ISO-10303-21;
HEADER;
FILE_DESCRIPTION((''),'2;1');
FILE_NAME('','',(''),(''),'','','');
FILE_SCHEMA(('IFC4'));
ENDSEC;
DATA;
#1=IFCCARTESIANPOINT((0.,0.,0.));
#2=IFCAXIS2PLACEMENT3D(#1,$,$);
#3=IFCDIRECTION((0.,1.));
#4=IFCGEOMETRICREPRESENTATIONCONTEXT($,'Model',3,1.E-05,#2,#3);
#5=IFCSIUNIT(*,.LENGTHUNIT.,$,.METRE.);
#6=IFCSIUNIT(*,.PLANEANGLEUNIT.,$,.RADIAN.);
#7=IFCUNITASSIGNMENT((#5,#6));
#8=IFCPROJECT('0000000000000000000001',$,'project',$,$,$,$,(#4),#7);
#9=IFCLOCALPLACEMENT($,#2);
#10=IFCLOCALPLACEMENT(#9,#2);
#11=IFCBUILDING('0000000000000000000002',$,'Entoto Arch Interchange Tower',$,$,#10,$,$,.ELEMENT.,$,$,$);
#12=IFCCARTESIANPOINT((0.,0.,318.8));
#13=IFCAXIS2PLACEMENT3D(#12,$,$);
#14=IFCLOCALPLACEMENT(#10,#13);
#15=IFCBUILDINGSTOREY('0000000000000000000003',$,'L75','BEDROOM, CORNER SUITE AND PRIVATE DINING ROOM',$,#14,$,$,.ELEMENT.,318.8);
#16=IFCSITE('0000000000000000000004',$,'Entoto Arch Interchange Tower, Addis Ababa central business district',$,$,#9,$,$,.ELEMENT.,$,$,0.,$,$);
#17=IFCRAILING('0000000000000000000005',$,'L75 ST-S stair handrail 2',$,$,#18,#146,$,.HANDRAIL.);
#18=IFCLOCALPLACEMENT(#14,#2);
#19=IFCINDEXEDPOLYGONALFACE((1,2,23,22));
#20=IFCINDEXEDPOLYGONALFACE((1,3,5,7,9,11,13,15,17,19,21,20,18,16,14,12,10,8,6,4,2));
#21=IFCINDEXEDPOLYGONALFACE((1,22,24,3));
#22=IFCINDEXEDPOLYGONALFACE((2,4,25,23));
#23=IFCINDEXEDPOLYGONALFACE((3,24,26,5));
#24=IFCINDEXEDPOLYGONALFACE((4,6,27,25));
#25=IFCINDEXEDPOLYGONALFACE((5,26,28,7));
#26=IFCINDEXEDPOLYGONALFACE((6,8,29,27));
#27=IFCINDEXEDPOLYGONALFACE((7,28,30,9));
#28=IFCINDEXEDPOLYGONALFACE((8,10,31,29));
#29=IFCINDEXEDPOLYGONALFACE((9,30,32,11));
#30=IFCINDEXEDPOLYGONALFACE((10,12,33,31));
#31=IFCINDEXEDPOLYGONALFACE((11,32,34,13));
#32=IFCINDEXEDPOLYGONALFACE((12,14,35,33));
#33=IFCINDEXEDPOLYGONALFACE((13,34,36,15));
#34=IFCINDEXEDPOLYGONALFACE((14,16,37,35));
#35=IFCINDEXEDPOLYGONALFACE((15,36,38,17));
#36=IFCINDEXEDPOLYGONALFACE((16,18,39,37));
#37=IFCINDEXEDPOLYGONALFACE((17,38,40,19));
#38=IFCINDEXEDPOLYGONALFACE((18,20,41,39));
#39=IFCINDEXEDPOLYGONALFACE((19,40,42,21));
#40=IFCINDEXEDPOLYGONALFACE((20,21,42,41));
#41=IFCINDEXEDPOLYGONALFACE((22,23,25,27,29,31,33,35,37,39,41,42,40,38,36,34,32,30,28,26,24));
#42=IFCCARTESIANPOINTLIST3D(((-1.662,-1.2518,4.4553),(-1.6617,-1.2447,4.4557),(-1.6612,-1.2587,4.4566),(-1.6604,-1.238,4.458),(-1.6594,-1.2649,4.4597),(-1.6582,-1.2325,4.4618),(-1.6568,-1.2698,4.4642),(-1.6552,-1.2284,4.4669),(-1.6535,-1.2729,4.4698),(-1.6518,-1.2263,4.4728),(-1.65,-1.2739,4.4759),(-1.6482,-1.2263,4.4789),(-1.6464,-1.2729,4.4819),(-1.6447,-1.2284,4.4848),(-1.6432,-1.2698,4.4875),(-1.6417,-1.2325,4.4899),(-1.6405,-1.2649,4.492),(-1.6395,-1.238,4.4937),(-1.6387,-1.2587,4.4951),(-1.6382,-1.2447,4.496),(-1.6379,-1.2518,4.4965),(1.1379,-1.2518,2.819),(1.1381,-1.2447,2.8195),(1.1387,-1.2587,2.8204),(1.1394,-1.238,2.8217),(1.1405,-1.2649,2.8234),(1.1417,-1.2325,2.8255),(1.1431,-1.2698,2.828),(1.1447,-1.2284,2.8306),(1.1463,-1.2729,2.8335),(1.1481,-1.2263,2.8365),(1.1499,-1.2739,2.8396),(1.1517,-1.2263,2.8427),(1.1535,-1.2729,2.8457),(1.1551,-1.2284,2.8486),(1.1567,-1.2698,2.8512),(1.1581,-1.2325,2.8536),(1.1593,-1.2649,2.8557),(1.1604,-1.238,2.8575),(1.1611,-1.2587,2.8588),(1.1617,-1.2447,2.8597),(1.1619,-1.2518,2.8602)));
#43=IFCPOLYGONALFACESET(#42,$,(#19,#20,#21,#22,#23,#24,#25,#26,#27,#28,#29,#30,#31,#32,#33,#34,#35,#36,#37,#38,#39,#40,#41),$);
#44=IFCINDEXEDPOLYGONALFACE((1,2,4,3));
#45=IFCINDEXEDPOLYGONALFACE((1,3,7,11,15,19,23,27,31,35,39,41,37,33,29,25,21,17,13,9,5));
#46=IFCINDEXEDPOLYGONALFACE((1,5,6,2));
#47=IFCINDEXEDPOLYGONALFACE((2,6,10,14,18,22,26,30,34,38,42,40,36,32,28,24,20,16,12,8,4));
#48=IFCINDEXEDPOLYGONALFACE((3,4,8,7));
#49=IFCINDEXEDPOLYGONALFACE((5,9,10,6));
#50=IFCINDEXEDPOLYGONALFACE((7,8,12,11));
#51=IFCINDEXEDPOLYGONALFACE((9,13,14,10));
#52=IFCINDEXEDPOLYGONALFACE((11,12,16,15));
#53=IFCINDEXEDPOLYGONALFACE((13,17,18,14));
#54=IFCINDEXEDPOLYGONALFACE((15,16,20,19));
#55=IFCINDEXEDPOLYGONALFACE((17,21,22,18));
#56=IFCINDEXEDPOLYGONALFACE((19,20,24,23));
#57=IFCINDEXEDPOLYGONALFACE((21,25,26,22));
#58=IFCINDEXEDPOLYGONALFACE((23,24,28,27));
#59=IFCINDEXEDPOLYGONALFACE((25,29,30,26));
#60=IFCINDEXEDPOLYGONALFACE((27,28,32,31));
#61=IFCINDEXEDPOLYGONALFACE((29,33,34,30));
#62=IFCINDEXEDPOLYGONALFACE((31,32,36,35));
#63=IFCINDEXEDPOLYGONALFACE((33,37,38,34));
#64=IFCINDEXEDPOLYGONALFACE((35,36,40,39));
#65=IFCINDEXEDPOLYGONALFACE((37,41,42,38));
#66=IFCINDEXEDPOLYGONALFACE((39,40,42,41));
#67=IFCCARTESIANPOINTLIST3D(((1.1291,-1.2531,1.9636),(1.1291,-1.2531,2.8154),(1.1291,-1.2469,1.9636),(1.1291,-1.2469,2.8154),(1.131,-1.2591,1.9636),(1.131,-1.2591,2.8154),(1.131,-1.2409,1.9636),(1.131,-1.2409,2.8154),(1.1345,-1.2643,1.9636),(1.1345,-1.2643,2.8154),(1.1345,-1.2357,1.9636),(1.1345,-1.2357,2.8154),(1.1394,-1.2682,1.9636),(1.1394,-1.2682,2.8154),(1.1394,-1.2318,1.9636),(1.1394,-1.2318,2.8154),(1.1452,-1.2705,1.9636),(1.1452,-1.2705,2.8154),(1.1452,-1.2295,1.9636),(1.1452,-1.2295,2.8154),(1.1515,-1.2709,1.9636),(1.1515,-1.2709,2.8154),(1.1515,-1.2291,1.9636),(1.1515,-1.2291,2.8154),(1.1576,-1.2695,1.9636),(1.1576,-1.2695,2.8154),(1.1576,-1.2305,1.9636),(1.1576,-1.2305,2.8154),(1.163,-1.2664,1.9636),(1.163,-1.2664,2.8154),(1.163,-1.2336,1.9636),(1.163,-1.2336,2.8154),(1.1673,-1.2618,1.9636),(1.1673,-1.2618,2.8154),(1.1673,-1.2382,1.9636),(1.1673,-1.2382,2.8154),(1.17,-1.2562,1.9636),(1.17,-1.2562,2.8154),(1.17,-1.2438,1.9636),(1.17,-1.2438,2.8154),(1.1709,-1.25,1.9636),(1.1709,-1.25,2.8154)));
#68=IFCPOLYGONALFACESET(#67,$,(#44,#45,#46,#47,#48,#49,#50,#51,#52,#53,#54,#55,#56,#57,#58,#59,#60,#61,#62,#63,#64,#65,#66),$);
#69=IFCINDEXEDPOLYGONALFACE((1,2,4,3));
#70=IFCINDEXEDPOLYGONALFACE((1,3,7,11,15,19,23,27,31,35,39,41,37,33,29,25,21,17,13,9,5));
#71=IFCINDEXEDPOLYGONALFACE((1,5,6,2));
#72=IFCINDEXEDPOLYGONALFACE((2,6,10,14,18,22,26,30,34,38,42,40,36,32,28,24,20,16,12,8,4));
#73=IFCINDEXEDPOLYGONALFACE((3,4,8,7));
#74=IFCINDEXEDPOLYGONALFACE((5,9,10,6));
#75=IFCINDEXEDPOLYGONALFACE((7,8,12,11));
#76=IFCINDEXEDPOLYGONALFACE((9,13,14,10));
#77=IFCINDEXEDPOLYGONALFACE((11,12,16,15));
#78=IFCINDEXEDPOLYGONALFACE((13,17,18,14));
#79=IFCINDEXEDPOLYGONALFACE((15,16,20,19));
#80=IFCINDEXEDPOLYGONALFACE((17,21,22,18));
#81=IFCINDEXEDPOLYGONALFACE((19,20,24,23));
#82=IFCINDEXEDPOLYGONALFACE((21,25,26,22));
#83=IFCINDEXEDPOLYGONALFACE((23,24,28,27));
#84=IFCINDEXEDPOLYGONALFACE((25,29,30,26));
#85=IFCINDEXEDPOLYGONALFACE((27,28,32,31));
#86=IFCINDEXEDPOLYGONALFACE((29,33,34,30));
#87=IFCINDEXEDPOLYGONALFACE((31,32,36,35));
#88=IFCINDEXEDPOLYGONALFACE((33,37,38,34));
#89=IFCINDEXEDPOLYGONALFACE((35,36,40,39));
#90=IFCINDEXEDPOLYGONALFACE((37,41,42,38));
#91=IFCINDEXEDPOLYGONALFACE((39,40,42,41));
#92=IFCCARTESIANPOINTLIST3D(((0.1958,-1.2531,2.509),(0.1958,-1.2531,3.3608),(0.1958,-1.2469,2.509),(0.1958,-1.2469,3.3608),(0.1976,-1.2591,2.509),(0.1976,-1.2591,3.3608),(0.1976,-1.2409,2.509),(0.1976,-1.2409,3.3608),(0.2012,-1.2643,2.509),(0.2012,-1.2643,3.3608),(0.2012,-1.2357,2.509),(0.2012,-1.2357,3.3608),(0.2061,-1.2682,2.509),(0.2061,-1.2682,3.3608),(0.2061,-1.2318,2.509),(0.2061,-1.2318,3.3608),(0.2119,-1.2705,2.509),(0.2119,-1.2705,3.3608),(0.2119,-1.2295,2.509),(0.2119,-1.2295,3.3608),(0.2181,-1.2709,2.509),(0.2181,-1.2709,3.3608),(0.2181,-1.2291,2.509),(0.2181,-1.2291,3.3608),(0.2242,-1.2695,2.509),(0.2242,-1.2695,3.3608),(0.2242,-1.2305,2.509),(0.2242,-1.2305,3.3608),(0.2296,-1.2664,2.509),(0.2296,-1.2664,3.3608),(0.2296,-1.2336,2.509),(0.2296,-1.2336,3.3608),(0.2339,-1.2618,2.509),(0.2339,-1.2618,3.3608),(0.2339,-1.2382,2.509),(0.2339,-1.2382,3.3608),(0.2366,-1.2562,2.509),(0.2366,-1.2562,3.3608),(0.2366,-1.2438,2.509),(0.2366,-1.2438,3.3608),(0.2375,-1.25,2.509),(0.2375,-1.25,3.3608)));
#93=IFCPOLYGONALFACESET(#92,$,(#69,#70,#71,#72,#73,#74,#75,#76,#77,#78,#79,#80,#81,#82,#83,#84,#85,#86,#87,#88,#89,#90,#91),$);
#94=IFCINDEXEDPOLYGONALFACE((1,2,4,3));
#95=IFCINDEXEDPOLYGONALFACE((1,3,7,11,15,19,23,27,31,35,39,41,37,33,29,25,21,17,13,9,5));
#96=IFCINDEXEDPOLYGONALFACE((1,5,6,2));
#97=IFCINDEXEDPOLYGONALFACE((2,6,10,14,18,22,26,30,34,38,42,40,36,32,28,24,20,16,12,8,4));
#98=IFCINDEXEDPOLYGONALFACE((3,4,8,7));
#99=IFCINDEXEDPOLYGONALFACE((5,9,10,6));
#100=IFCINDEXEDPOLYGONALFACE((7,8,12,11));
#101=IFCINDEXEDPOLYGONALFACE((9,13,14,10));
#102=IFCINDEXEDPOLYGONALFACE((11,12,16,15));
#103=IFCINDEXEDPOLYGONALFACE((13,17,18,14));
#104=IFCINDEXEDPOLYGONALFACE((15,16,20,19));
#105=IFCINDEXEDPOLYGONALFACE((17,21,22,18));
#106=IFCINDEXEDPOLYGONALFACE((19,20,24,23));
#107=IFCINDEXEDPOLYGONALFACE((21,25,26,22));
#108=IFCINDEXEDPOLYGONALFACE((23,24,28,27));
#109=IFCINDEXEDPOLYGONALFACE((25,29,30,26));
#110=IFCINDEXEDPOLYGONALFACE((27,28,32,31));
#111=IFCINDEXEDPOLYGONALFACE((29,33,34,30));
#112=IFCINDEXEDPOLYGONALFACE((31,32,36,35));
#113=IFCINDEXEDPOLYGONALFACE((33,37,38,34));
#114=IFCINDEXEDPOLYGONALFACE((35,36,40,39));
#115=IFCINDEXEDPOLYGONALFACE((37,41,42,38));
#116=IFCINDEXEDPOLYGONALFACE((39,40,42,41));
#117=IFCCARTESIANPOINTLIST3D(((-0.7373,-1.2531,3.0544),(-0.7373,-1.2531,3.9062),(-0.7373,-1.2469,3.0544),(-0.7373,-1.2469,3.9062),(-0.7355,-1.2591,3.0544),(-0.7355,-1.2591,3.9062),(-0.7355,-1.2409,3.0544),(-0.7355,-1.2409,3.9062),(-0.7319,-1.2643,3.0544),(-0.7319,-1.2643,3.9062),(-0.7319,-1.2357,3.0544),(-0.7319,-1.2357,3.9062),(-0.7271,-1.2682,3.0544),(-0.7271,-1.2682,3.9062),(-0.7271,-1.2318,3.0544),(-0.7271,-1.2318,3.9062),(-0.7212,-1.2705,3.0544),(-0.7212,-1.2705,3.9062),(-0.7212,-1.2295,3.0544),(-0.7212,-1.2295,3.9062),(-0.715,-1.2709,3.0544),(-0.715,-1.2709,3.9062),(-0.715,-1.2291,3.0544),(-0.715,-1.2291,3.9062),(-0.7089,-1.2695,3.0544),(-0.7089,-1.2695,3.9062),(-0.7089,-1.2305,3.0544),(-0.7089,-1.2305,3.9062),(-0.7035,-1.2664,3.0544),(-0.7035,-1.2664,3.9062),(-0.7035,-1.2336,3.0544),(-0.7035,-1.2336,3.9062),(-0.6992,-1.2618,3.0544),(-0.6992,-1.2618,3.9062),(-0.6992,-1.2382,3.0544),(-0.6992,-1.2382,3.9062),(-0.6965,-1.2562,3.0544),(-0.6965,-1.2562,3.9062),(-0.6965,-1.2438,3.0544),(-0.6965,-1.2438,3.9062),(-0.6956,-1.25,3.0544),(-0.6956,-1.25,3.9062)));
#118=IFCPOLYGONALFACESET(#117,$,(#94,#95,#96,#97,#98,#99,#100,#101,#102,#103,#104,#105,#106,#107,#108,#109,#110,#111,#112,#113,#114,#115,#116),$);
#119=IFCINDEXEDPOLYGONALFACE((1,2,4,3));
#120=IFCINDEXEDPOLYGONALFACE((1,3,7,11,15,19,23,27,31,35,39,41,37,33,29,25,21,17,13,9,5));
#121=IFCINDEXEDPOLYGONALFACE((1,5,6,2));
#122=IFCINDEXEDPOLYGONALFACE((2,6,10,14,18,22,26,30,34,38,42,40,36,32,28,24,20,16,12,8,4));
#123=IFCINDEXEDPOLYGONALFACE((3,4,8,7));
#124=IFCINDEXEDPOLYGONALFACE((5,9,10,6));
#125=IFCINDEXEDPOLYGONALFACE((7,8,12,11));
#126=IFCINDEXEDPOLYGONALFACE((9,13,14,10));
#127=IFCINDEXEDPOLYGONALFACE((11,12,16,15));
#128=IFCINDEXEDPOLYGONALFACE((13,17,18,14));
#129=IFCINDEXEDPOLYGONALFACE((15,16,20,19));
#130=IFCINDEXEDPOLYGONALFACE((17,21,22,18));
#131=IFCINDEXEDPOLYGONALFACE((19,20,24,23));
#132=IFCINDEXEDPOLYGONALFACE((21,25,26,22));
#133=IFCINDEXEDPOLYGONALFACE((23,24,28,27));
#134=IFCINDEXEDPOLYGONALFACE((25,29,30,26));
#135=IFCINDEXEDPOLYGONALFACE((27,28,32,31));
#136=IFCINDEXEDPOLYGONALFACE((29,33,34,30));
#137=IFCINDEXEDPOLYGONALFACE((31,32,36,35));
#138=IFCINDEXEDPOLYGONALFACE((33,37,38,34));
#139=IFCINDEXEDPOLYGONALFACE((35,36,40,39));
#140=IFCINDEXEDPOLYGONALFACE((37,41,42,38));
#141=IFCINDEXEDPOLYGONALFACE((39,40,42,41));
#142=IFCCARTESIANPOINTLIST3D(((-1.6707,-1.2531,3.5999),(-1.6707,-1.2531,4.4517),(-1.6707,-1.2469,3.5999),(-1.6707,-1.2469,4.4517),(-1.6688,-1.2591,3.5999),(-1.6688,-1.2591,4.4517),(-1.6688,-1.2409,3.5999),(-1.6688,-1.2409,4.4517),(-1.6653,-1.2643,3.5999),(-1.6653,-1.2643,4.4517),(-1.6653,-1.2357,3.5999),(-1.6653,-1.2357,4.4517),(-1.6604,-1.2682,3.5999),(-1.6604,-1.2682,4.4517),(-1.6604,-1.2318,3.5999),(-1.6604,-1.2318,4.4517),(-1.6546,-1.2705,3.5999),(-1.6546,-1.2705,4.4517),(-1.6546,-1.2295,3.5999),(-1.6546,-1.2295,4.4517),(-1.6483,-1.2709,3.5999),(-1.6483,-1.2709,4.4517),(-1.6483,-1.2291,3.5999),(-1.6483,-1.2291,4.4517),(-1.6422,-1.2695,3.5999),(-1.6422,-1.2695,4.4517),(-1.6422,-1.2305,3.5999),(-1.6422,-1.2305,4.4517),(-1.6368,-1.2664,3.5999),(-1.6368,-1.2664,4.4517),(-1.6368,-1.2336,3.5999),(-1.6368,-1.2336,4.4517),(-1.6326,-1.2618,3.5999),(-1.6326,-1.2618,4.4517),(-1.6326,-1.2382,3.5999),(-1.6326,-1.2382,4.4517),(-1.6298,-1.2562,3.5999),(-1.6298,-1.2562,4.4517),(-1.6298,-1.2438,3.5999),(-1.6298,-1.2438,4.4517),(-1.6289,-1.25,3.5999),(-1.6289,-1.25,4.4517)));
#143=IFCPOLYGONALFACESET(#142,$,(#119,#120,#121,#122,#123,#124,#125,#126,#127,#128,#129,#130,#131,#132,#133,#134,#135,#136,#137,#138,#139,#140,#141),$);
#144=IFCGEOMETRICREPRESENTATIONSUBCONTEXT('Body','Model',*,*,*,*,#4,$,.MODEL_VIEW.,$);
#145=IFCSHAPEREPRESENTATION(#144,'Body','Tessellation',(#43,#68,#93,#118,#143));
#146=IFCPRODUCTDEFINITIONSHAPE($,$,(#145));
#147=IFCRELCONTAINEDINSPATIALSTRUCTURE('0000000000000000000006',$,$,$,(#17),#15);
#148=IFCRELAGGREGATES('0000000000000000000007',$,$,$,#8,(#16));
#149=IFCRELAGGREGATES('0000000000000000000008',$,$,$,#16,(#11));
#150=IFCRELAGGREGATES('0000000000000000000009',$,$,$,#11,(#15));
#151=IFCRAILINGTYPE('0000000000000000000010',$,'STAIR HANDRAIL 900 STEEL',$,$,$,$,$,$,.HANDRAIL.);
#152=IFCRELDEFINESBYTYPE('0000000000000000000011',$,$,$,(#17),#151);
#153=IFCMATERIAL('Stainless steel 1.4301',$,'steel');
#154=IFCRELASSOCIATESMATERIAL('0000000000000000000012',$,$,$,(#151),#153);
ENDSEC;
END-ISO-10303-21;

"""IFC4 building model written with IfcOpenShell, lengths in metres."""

from ifc_helpers import new_model, si_unit, direction, frame, origin, origin_2d, place, context, subcontext, project, spatial, circle, extrude, material, type_object, element, save


model = new_model("IFC4")

# Units and contexts
model_context = context("Model", 3, precision=1e-05, world=origin(), true_north=direction((0.0, 1.0)))
body_context = subcontext(model_context, "Body", "Model", "MODEL_VIEW")
ifc_project = project(units=[si_unit("LENGTHUNIT", "METRE"), si_unit("PLANEANGLEUNIT", "RADIAN")], contexts=[model_context])

# Site, building, storey
site_placement = place(None, origin())
site = spatial("IfcSite", under=ifc_project, at=site_placement, Name="Entoto Arch Interchange Tower, Addis Ababa central business district", CompositionType="ELEMENT", RefElevation=0.0)
building_placement = place(site_placement, origin())
building = spatial("IfcBuilding", under=site, at=building_placement, Name="Entoto Arch Interchange Tower", CompositionType="ELEMENT")
storey_placement = place(building_placement, frame((0.0, 0.0, 318.8)))
storey = spatial("IfcBuildingStorey", under=building, at=storey_placement, Name="L75", Description="BEDROOM, CORNER SUITE AND PRIVATE DINING ROOM", CompositionType="ELEMENT", Elevation=318.8)

# Railing
ifc_material_1 = material(Name="Stainless steel 1.4301", Category="steel")
railing_type_1 = type_object("IfcRailingType", Name="STAIR HANDRAIL 900 STEEL", PredefinedType="HANDRAIL", material=ifc_material_1)
railing_1_placement = place(storey_placement, frame((1.1499, -1.25, 1.9636)))
element("IfcRailing", 1, at=railing_1_placement, inside=storey, type_object=railing_type_1, Name="L75 ST-S stair handrail 2", PredefinedType="HANDRAIL", context=body_context, shape_type="SweptSolid", body=[
    extrude(circle(Radius=0.0239, at=origin_2d()), frame((0.0, 0.0, 0.876), z_axis=(-0.863374, 0.0, 0.504564), x_axis=(0.0, -1.0, 0.0)), (0.0, 0.0, 1.0), 3.2429),
    extrude(circle(Radius=0.021, at=origin_2d()), origin(), (0.0, 0.0, 1.0), 0.8518),
    extrude(circle(Radius=0.021, at=origin_2d()), frame((-0.9333, 0.0, 0.5454)), (0.0, 0.0, 1.0), 0.8518),
    extrude(circle(Radius=0.021, at=origin_2d()), frame((-1.8665, 0.0, 1.0908)), (0.0, 0.0, 1.0), 0.8518),
    extrude(circle(Radius=0.021, at=origin_2d()), frame((-2.7998, 0.0, 1.6362)), (0.0, 0.0, 1.0), 0.8518),
])

save(model, "model.ifc")
